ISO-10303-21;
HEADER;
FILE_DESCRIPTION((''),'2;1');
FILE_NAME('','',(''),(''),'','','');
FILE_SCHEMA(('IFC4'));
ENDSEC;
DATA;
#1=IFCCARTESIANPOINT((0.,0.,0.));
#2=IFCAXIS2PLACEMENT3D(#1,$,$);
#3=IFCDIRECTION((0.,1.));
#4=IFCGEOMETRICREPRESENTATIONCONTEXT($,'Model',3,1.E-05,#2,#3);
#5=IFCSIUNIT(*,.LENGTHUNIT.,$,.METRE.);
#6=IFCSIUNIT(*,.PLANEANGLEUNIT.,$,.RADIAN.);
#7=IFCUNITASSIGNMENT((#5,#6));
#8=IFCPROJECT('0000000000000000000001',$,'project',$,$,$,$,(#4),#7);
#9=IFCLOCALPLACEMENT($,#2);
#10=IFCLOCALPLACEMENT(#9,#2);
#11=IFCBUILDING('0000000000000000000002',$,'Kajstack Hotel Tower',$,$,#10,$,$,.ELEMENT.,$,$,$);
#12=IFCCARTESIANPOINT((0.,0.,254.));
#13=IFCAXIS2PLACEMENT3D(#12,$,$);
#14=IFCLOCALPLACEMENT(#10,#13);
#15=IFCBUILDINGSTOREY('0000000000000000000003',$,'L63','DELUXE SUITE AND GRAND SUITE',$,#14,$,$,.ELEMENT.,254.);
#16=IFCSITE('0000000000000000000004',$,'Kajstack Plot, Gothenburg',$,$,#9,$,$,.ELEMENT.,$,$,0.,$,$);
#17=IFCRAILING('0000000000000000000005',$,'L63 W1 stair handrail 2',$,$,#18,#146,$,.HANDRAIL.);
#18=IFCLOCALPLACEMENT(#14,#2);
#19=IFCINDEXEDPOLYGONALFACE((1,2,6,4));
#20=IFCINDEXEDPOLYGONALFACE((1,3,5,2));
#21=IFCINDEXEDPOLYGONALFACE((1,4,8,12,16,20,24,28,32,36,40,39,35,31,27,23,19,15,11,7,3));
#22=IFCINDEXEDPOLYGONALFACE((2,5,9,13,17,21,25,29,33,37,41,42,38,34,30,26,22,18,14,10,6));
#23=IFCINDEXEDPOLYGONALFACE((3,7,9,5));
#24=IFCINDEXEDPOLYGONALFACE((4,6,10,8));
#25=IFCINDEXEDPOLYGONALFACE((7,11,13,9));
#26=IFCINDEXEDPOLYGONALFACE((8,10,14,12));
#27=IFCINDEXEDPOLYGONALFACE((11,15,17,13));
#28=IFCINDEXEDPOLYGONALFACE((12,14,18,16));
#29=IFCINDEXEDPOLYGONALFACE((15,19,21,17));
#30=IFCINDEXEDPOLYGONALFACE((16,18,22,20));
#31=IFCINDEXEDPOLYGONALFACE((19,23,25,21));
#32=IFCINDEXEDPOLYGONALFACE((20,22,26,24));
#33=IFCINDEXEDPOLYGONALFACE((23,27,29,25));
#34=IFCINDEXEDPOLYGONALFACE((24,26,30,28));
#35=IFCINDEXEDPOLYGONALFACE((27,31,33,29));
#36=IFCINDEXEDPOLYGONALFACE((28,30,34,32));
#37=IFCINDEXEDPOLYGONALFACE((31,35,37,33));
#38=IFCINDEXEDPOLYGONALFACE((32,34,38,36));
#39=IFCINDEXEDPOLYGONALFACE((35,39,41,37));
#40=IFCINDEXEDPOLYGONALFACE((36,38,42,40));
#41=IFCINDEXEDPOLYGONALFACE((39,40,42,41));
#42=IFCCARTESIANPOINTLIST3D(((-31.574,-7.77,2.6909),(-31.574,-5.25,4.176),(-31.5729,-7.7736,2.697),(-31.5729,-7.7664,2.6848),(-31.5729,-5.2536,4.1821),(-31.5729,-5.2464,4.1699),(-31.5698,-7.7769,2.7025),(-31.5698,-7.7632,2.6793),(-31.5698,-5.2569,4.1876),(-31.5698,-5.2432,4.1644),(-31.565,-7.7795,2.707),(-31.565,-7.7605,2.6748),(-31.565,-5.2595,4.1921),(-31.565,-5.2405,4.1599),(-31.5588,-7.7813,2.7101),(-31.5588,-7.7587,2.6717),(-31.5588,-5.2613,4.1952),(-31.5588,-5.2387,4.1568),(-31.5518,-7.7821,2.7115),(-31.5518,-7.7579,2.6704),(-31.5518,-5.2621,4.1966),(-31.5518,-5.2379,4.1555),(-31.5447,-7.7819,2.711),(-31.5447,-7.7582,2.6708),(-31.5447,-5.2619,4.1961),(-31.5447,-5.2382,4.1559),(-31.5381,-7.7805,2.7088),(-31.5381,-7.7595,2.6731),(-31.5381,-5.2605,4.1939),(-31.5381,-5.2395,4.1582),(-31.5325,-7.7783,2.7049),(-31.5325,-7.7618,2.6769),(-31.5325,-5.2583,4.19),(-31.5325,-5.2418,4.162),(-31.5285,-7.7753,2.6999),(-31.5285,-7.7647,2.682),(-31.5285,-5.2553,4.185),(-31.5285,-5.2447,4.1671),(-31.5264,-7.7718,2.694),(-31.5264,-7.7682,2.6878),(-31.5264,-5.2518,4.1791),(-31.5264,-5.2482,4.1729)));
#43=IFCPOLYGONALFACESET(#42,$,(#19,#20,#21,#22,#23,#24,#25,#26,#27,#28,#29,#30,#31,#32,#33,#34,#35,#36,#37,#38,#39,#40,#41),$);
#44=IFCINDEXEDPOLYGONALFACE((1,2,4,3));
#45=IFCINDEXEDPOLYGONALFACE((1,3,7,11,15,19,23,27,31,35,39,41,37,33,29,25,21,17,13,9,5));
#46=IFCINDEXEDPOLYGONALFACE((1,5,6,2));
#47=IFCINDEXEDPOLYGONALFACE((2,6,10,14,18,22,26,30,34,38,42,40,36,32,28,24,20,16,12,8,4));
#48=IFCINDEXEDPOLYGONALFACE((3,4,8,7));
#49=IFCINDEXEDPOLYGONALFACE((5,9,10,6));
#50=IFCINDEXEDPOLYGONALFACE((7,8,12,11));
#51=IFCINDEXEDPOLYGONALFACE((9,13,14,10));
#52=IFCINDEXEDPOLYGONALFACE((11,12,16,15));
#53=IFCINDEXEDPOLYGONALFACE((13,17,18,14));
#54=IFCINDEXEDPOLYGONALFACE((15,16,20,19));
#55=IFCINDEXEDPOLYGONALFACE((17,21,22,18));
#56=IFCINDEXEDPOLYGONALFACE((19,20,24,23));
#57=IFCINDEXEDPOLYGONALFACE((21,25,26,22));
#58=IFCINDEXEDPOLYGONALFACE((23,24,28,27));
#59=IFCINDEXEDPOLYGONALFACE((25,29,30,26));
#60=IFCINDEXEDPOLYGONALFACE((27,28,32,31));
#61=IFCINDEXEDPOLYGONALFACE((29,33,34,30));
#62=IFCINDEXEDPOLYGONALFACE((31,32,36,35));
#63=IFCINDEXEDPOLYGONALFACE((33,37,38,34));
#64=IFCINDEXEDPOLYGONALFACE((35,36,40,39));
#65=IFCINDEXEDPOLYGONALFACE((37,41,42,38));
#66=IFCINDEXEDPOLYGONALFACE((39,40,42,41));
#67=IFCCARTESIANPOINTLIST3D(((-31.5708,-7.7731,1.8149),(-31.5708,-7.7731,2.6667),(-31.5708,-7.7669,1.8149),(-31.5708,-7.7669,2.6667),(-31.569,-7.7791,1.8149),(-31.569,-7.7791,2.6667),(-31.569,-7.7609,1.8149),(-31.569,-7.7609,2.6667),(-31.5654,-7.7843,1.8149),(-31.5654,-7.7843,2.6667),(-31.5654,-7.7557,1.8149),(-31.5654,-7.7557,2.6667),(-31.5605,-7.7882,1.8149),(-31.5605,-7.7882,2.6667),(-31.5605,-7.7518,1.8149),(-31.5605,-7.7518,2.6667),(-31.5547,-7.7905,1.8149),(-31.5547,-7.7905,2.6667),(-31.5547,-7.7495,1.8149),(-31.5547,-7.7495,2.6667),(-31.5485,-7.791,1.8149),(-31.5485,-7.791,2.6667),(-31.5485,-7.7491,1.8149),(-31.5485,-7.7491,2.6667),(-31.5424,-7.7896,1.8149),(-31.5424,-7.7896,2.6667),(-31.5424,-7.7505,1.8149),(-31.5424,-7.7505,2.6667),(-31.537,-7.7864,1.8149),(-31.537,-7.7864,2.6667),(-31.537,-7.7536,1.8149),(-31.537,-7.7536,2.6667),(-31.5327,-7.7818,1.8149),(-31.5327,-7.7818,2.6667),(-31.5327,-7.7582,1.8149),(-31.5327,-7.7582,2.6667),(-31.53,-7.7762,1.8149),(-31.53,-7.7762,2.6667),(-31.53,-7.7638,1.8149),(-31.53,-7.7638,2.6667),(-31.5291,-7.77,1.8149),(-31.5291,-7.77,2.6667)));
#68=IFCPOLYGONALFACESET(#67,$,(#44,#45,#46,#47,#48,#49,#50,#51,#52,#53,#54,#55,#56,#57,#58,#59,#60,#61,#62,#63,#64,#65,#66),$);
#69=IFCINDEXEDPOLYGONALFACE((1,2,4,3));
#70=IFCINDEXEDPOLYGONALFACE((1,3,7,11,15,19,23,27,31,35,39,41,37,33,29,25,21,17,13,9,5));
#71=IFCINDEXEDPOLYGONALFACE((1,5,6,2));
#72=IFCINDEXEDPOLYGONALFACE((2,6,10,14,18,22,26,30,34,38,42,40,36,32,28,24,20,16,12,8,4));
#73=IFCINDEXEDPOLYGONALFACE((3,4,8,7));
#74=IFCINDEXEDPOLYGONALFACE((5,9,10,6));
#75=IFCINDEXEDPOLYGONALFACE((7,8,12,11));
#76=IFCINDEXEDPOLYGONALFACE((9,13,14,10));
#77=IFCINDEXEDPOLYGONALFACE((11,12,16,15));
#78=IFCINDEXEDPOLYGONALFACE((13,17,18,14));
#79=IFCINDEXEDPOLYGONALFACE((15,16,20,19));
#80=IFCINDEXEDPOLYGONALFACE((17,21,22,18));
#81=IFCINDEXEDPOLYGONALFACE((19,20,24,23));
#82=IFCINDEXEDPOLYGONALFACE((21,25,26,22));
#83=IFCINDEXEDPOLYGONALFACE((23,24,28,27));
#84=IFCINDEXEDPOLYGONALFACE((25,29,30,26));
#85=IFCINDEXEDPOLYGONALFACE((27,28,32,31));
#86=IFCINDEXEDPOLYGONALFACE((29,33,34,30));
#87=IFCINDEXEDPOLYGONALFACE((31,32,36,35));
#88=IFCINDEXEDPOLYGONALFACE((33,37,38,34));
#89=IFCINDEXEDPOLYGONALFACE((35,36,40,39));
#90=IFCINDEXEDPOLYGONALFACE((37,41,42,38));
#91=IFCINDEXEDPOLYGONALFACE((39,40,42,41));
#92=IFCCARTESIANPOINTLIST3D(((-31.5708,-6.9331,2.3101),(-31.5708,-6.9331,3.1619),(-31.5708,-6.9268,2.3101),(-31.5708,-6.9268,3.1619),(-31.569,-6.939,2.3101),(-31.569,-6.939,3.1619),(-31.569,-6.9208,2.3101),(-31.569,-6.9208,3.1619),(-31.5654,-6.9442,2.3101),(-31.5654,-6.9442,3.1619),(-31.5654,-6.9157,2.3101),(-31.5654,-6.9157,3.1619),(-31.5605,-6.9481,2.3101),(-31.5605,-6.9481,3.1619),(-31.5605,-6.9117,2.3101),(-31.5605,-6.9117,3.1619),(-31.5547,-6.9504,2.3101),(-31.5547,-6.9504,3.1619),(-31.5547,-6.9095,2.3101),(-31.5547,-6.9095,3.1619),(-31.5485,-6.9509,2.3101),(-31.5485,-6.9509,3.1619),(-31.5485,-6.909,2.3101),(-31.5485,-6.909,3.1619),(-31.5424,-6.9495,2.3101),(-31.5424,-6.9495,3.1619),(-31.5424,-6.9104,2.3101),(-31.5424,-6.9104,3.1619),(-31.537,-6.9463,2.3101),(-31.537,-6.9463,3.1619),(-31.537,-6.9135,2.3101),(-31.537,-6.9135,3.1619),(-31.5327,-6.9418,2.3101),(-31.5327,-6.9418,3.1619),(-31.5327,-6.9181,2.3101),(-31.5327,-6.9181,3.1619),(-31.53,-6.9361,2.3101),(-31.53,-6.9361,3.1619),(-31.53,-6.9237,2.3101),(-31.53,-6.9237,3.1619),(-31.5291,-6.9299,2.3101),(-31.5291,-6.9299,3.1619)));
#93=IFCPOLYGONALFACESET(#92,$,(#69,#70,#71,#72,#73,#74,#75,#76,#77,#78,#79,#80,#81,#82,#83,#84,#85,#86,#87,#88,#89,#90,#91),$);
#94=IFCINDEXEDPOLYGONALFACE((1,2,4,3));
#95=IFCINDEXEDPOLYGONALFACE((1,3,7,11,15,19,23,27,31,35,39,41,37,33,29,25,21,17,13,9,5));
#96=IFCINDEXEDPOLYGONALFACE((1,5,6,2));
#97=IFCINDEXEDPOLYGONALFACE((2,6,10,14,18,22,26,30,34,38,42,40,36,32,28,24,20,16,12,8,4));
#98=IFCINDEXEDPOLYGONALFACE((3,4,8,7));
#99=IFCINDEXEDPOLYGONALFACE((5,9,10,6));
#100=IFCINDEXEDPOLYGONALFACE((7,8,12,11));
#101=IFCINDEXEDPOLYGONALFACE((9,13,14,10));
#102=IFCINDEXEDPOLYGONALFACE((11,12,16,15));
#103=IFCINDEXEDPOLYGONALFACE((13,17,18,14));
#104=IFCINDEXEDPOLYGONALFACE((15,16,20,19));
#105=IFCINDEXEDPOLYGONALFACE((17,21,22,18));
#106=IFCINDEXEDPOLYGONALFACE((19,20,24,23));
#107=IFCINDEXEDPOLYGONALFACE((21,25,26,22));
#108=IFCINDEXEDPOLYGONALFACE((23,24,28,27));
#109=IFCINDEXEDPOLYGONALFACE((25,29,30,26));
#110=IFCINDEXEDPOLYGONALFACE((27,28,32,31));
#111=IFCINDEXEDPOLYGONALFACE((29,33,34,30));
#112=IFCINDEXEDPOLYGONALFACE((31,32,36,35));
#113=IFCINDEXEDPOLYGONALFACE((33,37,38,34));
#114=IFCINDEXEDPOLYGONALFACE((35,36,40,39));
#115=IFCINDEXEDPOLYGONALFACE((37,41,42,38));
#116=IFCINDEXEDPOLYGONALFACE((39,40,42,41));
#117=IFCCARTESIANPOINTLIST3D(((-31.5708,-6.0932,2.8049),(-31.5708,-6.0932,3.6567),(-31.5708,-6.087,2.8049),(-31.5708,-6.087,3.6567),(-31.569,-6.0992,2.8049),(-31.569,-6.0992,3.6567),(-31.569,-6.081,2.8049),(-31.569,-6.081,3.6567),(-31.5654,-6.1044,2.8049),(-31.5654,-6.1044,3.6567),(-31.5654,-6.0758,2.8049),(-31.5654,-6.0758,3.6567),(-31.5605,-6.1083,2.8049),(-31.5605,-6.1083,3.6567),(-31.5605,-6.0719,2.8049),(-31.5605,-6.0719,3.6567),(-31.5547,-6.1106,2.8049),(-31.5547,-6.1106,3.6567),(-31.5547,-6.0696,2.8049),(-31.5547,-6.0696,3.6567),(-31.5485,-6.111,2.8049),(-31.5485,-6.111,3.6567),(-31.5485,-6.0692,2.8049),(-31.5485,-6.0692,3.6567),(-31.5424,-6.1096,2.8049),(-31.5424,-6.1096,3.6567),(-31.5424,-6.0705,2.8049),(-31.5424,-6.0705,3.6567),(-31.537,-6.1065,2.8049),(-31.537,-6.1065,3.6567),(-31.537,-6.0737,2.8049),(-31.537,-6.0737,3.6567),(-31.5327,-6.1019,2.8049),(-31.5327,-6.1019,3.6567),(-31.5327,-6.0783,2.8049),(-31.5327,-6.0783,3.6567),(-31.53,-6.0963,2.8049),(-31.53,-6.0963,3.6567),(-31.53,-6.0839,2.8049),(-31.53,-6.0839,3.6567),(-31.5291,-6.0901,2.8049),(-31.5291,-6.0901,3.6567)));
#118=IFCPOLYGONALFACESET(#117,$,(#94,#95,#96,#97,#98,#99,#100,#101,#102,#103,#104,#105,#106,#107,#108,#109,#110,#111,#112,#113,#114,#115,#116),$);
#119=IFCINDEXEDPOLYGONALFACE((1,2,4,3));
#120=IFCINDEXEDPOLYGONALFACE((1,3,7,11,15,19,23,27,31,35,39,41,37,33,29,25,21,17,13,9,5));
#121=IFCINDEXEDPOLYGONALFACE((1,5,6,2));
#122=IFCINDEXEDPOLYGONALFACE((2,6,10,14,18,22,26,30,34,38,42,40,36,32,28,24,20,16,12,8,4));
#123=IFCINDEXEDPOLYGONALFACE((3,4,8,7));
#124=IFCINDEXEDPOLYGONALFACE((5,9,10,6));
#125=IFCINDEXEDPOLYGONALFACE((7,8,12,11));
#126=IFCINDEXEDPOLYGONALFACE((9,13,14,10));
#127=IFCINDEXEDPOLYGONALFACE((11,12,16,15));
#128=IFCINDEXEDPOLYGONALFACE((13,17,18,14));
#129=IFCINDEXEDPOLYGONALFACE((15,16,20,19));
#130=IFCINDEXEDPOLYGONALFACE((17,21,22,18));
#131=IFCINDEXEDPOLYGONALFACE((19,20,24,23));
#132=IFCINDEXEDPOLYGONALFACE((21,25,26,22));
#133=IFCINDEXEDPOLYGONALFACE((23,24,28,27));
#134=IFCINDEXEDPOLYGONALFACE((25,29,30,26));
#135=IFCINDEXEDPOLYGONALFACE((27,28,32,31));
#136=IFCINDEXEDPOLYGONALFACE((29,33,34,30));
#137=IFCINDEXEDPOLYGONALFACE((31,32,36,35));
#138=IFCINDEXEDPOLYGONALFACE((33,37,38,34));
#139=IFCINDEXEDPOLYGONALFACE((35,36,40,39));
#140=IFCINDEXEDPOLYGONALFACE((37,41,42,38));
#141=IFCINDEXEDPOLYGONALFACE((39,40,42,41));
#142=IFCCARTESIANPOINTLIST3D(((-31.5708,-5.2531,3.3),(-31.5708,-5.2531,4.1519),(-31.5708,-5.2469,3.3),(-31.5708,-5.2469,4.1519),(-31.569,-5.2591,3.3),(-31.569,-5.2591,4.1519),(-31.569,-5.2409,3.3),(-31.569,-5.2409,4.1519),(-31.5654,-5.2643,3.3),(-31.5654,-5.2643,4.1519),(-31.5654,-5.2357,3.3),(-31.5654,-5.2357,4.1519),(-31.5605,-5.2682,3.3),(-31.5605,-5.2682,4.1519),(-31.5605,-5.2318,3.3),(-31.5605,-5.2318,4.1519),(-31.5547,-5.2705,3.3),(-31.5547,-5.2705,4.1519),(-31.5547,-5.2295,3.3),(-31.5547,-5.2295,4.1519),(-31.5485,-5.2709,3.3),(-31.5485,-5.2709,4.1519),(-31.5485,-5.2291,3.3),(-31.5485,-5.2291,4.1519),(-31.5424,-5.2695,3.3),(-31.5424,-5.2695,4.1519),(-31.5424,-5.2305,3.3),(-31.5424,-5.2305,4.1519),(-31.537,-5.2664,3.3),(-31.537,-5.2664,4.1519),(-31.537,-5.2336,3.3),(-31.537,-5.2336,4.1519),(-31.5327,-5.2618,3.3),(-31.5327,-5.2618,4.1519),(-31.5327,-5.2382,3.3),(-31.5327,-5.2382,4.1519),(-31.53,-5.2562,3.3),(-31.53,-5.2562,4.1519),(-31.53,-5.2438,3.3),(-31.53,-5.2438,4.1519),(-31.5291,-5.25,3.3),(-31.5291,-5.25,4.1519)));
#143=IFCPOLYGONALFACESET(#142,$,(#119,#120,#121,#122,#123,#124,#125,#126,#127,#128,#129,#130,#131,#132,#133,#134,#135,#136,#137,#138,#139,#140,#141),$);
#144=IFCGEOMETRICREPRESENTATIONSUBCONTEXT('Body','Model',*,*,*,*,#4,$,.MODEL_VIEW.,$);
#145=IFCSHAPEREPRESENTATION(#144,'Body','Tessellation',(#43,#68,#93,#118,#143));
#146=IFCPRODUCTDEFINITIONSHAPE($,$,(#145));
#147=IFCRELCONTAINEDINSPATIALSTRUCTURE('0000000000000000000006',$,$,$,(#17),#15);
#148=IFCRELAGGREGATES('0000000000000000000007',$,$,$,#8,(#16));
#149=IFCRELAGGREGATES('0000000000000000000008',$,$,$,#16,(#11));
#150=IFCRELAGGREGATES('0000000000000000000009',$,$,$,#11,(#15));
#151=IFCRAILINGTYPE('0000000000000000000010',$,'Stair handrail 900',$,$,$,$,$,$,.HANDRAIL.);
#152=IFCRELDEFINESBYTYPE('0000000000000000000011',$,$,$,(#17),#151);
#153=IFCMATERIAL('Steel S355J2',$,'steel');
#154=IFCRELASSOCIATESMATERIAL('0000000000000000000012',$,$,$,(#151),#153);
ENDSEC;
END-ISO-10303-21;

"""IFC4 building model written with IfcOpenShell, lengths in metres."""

from ifc_helpers import new_model, si_unit, direction, frame, origin, origin_2d, place, context, subcontext, project, spatial, circle, extrude, material, type_object, element, save


model = new_model("IFC4")

# Units and contexts
model_context = context("Model", 3, precision=1e-05, world=origin(), true_north=direction((0.0, 1.0)))
body_context = subcontext(model_context, "Body", "Model", "MODEL_VIEW")
ifc_project = project(units=[si_unit("LENGTHUNIT", "METRE"), si_unit("PLANEANGLEUNIT", "RADIAN")], contexts=[model_context])

# Site, building, storey
site_placement = place(None, origin())
site = spatial("IfcSite", under=ifc_project, at=site_placement, Name="Kajstack Plot, Gothenburg", CompositionType="ELEMENT", RefElevation=0.0)
building_placement = place(site_placement, origin())
building = spatial("IfcBuilding", under=site, at=building_placement, Name="Kajstack Hotel Tower", CompositionType="ELEMENT")
storey_placement = place(building_placement, frame((0.0, 0.0, 254.0)))
storey = spatial("IfcBuildingStorey", under=building, at=storey_placement, Name="L63", Description="DELUXE SUITE AND GRAND SUITE", CompositionType="ELEMENT", Elevation=254.0)

# Railing
ifc_material_1 = material(Name="Steel S355J2", Category="steel")
railing_type_1 = type_object("IfcRailingType", Name="Stair handrail 900", PredefinedType="HANDRAIL", material=ifc_material_1)
railing_1_placement = place(storey_placement, frame((-31.55, -7.77, 1.8149)))
element("IfcRailing", 1, at=railing_1_placement, inside=storey, type_object=railing_type_1, Name="L63 W1 stair handrail 2", PredefinedType="HANDRAIL", context=body_context, shape_type="SweptSolid", body=[
    extrude(circle(Radius=0.0239, at=origin_2d()), frame((0.0, 0.0, 0.876), z_axis=(0.0, 0.861524, 0.507717), x_axis=(-1.0, 0.0, 0.0)), (0.0, 0.0, 1.0), 2.925),
    extrude(circle(Radius=0.021, at=origin_2d()), origin(), (0.0, 0.0, 1.0), 0.8518),
    extrude(circle(Radius=0.021, at=origin_2d()), frame((0.0, 0.8401, 0.4951)), (0.0, 0.0, 1.0), 0.8518),
    extrude(circle(Radius=0.021, at=origin_2d()), frame((0.0, 1.6799, 0.99)), (0.0, 0.0, 1.0), 0.8518),
    extrude(circle(Radius=0.021, at=origin_2d()), frame((0.0, 2.52, 1.4851)), (0.0, 0.0, 1.0), 0.8518),
])

save(model, "model.ifc")
